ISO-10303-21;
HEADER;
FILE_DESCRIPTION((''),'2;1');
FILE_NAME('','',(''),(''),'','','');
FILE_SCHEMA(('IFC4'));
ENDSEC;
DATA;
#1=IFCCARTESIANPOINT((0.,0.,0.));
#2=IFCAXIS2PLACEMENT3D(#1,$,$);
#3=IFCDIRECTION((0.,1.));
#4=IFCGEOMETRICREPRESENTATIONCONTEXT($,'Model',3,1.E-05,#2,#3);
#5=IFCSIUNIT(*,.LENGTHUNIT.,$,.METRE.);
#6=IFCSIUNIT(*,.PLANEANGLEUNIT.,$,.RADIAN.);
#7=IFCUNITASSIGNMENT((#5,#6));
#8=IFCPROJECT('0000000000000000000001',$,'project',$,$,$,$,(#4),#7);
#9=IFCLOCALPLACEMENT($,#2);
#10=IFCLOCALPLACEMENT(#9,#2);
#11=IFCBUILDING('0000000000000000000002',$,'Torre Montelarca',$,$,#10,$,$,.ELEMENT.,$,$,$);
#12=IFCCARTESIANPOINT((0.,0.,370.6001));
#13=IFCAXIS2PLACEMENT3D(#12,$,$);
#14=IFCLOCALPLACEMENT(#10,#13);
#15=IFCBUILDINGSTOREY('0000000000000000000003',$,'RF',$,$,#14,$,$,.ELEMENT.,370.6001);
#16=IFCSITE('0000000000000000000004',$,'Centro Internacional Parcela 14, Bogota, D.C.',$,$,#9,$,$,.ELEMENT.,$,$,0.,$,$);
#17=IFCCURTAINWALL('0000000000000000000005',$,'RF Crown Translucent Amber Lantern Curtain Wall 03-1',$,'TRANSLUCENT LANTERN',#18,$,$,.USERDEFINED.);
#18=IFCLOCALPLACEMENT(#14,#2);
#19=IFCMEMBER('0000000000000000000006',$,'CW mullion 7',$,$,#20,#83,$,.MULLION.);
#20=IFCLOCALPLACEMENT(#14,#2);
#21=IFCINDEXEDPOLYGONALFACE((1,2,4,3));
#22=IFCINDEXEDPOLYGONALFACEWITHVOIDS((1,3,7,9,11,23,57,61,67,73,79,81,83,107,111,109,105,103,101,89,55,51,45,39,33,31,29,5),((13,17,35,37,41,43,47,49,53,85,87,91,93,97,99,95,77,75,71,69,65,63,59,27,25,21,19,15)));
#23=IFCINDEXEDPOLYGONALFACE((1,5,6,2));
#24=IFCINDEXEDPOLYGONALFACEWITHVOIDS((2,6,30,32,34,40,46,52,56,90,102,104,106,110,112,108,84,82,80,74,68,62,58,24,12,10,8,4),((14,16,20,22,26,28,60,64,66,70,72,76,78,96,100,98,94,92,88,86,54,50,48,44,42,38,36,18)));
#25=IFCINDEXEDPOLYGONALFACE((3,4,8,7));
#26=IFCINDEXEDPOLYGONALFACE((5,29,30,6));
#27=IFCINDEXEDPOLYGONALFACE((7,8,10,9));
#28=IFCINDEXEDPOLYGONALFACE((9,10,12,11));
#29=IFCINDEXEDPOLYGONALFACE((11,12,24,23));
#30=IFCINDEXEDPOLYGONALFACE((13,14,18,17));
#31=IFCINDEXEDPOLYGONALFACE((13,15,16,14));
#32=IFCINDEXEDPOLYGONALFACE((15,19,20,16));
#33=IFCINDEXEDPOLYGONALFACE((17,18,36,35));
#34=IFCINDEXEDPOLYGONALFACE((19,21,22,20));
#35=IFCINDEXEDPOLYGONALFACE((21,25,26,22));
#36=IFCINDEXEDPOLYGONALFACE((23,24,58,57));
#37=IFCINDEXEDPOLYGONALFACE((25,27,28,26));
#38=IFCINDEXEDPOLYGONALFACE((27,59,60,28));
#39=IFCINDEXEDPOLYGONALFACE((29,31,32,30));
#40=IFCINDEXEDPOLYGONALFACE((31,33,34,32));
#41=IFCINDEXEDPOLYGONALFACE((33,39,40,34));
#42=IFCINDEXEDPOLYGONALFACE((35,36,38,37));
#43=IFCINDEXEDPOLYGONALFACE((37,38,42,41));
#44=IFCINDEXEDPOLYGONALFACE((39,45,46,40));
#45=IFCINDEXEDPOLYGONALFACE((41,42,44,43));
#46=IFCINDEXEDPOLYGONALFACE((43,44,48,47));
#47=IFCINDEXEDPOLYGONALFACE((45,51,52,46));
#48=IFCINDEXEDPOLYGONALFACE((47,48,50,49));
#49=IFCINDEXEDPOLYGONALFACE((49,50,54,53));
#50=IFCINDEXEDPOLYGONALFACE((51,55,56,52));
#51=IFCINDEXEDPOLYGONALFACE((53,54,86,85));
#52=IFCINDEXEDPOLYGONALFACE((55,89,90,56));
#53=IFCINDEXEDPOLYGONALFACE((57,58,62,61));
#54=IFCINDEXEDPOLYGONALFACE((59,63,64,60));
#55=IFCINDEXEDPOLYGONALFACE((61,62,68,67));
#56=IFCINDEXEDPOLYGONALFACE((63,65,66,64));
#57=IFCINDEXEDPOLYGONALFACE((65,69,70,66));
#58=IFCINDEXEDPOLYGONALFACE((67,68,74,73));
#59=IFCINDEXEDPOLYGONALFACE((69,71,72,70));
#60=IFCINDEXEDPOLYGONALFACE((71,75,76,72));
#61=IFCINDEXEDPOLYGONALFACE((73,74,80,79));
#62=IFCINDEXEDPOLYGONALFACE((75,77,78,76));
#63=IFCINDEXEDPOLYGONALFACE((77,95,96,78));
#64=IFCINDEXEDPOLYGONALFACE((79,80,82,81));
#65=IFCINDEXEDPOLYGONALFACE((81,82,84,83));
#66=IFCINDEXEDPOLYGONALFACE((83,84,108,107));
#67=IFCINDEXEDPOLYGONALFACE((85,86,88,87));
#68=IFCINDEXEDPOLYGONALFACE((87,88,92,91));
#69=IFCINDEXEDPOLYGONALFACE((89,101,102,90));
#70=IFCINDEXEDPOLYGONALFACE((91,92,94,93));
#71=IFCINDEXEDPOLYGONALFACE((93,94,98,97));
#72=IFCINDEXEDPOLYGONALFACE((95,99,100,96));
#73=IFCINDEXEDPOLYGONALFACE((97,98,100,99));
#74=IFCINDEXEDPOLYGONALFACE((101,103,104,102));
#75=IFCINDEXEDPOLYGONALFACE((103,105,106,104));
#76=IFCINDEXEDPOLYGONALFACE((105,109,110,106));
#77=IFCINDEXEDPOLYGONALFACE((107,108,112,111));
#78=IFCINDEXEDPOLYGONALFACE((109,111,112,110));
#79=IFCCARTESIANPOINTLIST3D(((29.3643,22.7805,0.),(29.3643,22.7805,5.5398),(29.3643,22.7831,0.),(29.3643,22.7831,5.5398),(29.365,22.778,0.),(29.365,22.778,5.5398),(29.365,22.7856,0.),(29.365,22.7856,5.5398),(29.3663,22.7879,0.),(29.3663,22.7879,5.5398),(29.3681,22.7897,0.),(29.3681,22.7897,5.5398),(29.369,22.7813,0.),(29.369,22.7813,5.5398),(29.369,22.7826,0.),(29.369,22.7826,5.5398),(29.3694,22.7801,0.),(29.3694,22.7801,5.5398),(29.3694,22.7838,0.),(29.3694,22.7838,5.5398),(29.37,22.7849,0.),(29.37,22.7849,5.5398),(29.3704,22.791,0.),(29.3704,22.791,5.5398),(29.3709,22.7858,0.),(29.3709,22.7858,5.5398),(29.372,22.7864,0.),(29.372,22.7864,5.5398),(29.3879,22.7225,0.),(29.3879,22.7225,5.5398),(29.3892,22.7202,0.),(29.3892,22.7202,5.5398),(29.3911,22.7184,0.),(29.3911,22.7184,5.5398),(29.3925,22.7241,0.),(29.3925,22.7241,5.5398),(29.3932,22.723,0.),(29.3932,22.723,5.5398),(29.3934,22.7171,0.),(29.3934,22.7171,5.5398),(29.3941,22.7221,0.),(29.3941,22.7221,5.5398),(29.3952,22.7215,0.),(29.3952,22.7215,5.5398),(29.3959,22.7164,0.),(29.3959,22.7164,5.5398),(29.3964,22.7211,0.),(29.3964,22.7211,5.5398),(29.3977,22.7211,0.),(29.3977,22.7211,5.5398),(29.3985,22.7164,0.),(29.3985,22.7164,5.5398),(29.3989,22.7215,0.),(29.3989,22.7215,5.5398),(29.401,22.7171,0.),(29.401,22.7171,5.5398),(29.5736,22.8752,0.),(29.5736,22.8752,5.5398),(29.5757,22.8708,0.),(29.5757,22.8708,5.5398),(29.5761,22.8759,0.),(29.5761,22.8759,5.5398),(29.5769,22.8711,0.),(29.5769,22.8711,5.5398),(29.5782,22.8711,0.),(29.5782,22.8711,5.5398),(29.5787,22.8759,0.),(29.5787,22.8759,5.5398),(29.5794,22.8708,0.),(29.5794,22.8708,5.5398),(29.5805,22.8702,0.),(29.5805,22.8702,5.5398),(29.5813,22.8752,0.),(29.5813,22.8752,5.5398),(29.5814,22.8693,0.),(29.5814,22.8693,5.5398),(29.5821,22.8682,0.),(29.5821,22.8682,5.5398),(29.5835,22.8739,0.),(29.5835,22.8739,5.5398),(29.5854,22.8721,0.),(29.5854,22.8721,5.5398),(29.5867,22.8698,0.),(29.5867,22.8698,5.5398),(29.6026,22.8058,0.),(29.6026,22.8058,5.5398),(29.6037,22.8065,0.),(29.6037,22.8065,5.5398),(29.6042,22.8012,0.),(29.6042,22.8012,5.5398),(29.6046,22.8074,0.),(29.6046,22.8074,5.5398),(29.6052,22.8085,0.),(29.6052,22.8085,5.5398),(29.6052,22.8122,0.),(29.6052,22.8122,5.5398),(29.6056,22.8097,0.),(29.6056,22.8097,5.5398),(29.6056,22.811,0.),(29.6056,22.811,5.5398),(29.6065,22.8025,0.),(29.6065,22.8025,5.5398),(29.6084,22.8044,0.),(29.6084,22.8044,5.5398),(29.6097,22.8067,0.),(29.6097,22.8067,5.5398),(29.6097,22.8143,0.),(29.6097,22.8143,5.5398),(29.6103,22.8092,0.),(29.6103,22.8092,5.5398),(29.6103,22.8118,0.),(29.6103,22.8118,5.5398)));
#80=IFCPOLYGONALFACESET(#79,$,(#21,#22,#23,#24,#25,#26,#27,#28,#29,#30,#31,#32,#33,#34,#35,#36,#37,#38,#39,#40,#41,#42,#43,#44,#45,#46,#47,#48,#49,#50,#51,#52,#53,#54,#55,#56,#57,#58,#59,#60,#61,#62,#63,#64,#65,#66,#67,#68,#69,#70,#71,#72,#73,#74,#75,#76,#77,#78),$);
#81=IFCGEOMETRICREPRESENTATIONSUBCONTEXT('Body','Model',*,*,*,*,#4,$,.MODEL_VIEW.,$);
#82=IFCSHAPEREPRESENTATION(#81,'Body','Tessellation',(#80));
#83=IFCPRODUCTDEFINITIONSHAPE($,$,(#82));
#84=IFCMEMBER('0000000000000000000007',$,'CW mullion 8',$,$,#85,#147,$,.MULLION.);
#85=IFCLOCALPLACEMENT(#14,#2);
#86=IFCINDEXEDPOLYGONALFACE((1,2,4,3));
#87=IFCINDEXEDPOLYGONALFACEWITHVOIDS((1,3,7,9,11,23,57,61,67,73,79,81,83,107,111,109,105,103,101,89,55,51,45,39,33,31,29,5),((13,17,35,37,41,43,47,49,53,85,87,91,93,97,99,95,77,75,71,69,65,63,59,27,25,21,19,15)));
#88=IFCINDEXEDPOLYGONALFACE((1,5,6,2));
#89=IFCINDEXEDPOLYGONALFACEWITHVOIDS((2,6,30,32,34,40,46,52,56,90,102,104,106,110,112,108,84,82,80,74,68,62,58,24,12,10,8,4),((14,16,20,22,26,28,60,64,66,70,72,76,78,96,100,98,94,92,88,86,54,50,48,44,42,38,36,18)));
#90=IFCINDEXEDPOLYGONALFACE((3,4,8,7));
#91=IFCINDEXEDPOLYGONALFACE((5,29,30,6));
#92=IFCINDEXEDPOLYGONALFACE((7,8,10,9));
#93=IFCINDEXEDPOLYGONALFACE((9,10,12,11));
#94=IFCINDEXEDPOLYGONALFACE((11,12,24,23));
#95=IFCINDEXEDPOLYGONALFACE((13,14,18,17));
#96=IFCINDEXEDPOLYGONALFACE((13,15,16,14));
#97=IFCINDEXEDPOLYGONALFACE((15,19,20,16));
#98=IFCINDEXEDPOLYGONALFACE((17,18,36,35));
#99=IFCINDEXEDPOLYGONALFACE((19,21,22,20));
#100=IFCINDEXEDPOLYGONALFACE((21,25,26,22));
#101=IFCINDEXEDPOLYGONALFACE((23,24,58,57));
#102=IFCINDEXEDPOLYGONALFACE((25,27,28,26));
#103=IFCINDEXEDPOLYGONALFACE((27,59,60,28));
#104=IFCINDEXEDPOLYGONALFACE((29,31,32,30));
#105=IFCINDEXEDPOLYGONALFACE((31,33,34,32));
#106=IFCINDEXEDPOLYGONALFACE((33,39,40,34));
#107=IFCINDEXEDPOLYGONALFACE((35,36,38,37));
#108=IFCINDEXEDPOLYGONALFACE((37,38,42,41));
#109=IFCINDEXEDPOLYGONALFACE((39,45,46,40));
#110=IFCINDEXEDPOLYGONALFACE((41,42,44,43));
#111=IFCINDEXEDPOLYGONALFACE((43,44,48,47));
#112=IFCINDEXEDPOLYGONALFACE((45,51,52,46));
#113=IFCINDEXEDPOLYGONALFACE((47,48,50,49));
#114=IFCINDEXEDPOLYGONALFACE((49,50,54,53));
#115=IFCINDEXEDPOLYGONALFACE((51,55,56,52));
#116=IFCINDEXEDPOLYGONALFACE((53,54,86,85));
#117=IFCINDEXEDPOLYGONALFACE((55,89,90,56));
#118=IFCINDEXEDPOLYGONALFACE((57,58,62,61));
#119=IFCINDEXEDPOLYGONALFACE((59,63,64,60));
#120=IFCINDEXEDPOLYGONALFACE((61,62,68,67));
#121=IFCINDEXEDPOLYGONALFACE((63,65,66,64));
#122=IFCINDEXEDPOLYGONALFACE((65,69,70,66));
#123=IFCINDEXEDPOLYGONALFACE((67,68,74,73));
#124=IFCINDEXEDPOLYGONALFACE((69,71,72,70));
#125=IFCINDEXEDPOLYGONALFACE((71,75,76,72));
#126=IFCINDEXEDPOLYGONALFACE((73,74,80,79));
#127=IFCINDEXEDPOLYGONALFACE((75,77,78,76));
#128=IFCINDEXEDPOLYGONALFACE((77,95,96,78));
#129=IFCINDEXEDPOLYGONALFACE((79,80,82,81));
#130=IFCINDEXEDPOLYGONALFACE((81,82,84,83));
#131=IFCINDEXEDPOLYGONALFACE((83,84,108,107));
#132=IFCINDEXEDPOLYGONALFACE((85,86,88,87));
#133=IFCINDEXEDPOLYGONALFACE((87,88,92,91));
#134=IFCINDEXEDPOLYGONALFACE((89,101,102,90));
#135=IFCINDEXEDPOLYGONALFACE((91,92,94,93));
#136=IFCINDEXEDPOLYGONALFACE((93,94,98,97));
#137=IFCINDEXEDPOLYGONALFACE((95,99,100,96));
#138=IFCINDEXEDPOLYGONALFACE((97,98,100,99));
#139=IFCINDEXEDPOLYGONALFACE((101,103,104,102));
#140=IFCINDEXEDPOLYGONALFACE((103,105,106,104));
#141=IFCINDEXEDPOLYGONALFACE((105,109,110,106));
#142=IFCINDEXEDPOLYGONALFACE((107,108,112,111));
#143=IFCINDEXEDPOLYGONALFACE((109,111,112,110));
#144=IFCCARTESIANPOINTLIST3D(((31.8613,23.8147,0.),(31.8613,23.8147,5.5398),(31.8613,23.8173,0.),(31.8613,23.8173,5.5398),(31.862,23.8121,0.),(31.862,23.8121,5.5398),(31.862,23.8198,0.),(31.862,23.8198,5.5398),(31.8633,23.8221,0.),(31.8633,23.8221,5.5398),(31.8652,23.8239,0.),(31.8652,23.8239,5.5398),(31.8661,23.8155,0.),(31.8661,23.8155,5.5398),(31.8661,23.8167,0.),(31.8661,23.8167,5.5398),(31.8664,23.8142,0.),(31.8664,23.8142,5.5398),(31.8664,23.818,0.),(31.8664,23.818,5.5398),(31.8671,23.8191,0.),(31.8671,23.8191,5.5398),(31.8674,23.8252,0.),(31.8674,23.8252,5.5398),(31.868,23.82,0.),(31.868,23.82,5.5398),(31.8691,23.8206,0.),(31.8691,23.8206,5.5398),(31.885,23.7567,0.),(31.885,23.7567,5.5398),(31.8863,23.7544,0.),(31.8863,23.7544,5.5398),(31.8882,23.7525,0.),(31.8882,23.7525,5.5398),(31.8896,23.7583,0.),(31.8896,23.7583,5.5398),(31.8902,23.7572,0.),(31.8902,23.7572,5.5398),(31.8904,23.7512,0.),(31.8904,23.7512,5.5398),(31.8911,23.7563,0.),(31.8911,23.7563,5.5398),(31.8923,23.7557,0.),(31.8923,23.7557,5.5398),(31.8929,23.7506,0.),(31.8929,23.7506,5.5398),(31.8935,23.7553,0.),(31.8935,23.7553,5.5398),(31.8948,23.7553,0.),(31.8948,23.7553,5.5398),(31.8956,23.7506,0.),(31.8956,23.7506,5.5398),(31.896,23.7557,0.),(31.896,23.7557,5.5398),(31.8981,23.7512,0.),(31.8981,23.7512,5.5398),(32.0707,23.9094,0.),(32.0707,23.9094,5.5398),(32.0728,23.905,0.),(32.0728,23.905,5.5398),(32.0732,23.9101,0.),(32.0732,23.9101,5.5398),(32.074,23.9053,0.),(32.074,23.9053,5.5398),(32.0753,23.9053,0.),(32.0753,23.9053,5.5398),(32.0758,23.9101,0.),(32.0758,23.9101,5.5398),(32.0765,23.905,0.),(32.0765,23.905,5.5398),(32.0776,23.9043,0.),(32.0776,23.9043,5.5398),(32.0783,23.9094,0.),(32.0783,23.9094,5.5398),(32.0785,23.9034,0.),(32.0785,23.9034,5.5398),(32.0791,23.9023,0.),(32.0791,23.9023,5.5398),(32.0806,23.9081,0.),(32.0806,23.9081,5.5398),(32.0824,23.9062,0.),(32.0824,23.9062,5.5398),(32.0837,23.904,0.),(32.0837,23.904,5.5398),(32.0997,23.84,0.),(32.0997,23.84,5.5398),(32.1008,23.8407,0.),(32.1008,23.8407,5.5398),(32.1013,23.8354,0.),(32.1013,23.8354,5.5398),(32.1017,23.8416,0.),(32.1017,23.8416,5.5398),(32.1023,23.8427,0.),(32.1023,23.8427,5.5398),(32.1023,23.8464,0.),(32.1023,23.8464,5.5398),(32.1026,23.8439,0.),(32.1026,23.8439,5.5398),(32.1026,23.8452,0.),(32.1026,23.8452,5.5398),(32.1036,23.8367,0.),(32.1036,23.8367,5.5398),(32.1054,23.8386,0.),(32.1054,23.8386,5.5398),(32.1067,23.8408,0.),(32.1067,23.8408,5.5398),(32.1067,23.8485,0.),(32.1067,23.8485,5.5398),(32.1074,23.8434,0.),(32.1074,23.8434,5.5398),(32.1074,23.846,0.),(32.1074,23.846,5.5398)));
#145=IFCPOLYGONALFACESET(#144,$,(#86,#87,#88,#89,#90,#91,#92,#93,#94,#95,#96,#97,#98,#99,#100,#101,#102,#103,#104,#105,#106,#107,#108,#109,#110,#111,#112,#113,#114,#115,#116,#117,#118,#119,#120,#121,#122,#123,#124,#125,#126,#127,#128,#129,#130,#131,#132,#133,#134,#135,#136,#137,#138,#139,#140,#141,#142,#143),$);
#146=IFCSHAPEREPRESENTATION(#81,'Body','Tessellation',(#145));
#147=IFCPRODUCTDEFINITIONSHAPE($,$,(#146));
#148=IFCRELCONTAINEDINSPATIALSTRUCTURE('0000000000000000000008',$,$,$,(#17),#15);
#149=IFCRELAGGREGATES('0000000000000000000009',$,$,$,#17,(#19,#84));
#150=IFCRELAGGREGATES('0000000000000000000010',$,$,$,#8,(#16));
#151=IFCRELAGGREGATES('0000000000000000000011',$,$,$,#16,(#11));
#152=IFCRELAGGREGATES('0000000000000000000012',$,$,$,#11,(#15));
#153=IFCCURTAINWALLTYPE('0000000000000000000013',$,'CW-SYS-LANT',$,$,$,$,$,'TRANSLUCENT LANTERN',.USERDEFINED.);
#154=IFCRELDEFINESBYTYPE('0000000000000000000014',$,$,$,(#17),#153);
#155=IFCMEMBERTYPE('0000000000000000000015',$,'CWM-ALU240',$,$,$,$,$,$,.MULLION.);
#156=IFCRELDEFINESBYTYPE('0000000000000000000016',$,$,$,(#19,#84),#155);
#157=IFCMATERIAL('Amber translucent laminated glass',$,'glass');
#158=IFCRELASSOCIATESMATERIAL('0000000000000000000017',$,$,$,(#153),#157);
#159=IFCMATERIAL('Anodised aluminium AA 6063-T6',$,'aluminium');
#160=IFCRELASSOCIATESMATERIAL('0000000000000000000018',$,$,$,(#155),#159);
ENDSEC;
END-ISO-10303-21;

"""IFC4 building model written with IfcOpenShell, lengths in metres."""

from ifc_helpers import new_model, si_unit, direction, frame, origin, origin_2d, place, context, subcontext, project, spatial, hollow_rectangle, extrude, source, transform, mapped, material, material_profile, profile_set, type_object, element, aggregate, save


model = new_model("IFC4")

# Units and contexts
model_context = context("Model", 3, precision=1e-05, world=origin(), true_north=direction((0.0, 1.0)))
body_context = subcontext(model_context, "Body", "Model", "MODEL_VIEW")
ifc_project = project(units=[si_unit("LENGTHUNIT", "METRE"), si_unit("PLANEANGLEUNIT", "RADIAN")], contexts=[model_context])

# Site, building, storey
site_placement = place(None, origin())
site = spatial("IfcSite", under=ifc_project, at=site_placement, Name="Centro Internacional Parcela 14, Bogota, D.C.", CompositionType="ELEMENT", RefElevation=0.0)
building_placement = place(site_placement, origin())
building = spatial("IfcBuilding", under=site, at=building_placement, Name="Torre Montelarca", CompositionType="ELEMENT")
storey_placement = place(building_placement, frame((0.0, 0.0, 370.6001)))
storey = spatial("IfcBuildingStorey", under=building, at=storey_placement, Name="RF", CompositionType="ELEMENT", Elevation=370.6001)

# Curtain wall, members
ifc_material_1 = material(Name="Amber translucent laminated glass", Category="glass")
curtain_wall_type = type_object("IfcCurtainWallType", Name="CW-SYS-LANT", ElementType="TRANSLUCENT LANTERN", PredefinedType="USERDEFINED", material=ifc_material_1)
curtain_wall_1_placement = place(storey_placement, origin())
curtain_wall_1 = element("IfcCurtainWall", 1, at=curtain_wall_1_placement, inside=storey, type_object=curtain_wall_type, Name="RF Crown Translucent Amber Lantern Curtain Wall 03-1", ObjectType="TRANSLUCENT LANTERN", PredefinedType="USERDEFINED")
ifc_material_2 = material(Name="Anodised aluminium AA 6063-T6", Category="aluminium")
ifc_material_profile_1 = material_profile(ifc_material_2, hollow_rectangle(XDim=0.0801, YDim=0.24, WallThickness=0.0049, InnerFilletRadius=0.0049, OuterFilletRadius=0.01, at=origin_2d()), Name="ALU80X240X5", Category="aluminium")
ifc_profile_set_1 = profile_set([ifc_material_profile_1], Name="Anodised aluminium AA 6063-T6")
member_type_1 = type_object("IfcMemberType", Name="CWM-ALU240", PredefinedType="MULLION", material=ifc_profile_set_1)
shared_shape_1 = source(origin(), body_context, "Body", "SweptSolid", [
    extrude(hollow_rectangle(XDim=0.0801, YDim=0.24, WallThickness=0.0049, InnerFilletRadius=0.0049, OuterFilletRadius=0.01, at=origin_2d()), origin(), (0.0, 0.0, 1.0), 5.5398),
])
member_1_placement = place(storey_placement, frame((29.4873, 22.7961, 0.0), z_axis=(0.0, 0.0, 1.0), x_axis=(-0.382687, 0.923878, 0.0)))
member_1 = element("IfcMember", 2, at=member_1_placement, type_object=member_type_1, Name="CW mullion 7", PredefinedType="MULLION", context=body_context, shape_type="MappedRepresentation", body=[
    mapped(shared_shape_1, transform((0.0, 0.0, 0.0), scale=1.0)),
])
member_2_placement = place(storey_placement, frame((31.9844, 23.8303, 0.0), z_axis=(0.0, 0.0, 1.0), x_axis=(-0.382687, 0.923878, 0.0)))
member_2 = element("IfcMember", 3, at=member_2_placement, type_object=member_type_1, Name="CW mullion 8", PredefinedType="MULLION", context=body_context, shape_type="MappedRepresentation", body=[
    mapped(shared_shape_1, transform((0.0, 0.0, 0.0), scale=1.0)),
])

aggregate(curtain_wall_1, [member_1, member_2])

save(model, "model.ifc")
